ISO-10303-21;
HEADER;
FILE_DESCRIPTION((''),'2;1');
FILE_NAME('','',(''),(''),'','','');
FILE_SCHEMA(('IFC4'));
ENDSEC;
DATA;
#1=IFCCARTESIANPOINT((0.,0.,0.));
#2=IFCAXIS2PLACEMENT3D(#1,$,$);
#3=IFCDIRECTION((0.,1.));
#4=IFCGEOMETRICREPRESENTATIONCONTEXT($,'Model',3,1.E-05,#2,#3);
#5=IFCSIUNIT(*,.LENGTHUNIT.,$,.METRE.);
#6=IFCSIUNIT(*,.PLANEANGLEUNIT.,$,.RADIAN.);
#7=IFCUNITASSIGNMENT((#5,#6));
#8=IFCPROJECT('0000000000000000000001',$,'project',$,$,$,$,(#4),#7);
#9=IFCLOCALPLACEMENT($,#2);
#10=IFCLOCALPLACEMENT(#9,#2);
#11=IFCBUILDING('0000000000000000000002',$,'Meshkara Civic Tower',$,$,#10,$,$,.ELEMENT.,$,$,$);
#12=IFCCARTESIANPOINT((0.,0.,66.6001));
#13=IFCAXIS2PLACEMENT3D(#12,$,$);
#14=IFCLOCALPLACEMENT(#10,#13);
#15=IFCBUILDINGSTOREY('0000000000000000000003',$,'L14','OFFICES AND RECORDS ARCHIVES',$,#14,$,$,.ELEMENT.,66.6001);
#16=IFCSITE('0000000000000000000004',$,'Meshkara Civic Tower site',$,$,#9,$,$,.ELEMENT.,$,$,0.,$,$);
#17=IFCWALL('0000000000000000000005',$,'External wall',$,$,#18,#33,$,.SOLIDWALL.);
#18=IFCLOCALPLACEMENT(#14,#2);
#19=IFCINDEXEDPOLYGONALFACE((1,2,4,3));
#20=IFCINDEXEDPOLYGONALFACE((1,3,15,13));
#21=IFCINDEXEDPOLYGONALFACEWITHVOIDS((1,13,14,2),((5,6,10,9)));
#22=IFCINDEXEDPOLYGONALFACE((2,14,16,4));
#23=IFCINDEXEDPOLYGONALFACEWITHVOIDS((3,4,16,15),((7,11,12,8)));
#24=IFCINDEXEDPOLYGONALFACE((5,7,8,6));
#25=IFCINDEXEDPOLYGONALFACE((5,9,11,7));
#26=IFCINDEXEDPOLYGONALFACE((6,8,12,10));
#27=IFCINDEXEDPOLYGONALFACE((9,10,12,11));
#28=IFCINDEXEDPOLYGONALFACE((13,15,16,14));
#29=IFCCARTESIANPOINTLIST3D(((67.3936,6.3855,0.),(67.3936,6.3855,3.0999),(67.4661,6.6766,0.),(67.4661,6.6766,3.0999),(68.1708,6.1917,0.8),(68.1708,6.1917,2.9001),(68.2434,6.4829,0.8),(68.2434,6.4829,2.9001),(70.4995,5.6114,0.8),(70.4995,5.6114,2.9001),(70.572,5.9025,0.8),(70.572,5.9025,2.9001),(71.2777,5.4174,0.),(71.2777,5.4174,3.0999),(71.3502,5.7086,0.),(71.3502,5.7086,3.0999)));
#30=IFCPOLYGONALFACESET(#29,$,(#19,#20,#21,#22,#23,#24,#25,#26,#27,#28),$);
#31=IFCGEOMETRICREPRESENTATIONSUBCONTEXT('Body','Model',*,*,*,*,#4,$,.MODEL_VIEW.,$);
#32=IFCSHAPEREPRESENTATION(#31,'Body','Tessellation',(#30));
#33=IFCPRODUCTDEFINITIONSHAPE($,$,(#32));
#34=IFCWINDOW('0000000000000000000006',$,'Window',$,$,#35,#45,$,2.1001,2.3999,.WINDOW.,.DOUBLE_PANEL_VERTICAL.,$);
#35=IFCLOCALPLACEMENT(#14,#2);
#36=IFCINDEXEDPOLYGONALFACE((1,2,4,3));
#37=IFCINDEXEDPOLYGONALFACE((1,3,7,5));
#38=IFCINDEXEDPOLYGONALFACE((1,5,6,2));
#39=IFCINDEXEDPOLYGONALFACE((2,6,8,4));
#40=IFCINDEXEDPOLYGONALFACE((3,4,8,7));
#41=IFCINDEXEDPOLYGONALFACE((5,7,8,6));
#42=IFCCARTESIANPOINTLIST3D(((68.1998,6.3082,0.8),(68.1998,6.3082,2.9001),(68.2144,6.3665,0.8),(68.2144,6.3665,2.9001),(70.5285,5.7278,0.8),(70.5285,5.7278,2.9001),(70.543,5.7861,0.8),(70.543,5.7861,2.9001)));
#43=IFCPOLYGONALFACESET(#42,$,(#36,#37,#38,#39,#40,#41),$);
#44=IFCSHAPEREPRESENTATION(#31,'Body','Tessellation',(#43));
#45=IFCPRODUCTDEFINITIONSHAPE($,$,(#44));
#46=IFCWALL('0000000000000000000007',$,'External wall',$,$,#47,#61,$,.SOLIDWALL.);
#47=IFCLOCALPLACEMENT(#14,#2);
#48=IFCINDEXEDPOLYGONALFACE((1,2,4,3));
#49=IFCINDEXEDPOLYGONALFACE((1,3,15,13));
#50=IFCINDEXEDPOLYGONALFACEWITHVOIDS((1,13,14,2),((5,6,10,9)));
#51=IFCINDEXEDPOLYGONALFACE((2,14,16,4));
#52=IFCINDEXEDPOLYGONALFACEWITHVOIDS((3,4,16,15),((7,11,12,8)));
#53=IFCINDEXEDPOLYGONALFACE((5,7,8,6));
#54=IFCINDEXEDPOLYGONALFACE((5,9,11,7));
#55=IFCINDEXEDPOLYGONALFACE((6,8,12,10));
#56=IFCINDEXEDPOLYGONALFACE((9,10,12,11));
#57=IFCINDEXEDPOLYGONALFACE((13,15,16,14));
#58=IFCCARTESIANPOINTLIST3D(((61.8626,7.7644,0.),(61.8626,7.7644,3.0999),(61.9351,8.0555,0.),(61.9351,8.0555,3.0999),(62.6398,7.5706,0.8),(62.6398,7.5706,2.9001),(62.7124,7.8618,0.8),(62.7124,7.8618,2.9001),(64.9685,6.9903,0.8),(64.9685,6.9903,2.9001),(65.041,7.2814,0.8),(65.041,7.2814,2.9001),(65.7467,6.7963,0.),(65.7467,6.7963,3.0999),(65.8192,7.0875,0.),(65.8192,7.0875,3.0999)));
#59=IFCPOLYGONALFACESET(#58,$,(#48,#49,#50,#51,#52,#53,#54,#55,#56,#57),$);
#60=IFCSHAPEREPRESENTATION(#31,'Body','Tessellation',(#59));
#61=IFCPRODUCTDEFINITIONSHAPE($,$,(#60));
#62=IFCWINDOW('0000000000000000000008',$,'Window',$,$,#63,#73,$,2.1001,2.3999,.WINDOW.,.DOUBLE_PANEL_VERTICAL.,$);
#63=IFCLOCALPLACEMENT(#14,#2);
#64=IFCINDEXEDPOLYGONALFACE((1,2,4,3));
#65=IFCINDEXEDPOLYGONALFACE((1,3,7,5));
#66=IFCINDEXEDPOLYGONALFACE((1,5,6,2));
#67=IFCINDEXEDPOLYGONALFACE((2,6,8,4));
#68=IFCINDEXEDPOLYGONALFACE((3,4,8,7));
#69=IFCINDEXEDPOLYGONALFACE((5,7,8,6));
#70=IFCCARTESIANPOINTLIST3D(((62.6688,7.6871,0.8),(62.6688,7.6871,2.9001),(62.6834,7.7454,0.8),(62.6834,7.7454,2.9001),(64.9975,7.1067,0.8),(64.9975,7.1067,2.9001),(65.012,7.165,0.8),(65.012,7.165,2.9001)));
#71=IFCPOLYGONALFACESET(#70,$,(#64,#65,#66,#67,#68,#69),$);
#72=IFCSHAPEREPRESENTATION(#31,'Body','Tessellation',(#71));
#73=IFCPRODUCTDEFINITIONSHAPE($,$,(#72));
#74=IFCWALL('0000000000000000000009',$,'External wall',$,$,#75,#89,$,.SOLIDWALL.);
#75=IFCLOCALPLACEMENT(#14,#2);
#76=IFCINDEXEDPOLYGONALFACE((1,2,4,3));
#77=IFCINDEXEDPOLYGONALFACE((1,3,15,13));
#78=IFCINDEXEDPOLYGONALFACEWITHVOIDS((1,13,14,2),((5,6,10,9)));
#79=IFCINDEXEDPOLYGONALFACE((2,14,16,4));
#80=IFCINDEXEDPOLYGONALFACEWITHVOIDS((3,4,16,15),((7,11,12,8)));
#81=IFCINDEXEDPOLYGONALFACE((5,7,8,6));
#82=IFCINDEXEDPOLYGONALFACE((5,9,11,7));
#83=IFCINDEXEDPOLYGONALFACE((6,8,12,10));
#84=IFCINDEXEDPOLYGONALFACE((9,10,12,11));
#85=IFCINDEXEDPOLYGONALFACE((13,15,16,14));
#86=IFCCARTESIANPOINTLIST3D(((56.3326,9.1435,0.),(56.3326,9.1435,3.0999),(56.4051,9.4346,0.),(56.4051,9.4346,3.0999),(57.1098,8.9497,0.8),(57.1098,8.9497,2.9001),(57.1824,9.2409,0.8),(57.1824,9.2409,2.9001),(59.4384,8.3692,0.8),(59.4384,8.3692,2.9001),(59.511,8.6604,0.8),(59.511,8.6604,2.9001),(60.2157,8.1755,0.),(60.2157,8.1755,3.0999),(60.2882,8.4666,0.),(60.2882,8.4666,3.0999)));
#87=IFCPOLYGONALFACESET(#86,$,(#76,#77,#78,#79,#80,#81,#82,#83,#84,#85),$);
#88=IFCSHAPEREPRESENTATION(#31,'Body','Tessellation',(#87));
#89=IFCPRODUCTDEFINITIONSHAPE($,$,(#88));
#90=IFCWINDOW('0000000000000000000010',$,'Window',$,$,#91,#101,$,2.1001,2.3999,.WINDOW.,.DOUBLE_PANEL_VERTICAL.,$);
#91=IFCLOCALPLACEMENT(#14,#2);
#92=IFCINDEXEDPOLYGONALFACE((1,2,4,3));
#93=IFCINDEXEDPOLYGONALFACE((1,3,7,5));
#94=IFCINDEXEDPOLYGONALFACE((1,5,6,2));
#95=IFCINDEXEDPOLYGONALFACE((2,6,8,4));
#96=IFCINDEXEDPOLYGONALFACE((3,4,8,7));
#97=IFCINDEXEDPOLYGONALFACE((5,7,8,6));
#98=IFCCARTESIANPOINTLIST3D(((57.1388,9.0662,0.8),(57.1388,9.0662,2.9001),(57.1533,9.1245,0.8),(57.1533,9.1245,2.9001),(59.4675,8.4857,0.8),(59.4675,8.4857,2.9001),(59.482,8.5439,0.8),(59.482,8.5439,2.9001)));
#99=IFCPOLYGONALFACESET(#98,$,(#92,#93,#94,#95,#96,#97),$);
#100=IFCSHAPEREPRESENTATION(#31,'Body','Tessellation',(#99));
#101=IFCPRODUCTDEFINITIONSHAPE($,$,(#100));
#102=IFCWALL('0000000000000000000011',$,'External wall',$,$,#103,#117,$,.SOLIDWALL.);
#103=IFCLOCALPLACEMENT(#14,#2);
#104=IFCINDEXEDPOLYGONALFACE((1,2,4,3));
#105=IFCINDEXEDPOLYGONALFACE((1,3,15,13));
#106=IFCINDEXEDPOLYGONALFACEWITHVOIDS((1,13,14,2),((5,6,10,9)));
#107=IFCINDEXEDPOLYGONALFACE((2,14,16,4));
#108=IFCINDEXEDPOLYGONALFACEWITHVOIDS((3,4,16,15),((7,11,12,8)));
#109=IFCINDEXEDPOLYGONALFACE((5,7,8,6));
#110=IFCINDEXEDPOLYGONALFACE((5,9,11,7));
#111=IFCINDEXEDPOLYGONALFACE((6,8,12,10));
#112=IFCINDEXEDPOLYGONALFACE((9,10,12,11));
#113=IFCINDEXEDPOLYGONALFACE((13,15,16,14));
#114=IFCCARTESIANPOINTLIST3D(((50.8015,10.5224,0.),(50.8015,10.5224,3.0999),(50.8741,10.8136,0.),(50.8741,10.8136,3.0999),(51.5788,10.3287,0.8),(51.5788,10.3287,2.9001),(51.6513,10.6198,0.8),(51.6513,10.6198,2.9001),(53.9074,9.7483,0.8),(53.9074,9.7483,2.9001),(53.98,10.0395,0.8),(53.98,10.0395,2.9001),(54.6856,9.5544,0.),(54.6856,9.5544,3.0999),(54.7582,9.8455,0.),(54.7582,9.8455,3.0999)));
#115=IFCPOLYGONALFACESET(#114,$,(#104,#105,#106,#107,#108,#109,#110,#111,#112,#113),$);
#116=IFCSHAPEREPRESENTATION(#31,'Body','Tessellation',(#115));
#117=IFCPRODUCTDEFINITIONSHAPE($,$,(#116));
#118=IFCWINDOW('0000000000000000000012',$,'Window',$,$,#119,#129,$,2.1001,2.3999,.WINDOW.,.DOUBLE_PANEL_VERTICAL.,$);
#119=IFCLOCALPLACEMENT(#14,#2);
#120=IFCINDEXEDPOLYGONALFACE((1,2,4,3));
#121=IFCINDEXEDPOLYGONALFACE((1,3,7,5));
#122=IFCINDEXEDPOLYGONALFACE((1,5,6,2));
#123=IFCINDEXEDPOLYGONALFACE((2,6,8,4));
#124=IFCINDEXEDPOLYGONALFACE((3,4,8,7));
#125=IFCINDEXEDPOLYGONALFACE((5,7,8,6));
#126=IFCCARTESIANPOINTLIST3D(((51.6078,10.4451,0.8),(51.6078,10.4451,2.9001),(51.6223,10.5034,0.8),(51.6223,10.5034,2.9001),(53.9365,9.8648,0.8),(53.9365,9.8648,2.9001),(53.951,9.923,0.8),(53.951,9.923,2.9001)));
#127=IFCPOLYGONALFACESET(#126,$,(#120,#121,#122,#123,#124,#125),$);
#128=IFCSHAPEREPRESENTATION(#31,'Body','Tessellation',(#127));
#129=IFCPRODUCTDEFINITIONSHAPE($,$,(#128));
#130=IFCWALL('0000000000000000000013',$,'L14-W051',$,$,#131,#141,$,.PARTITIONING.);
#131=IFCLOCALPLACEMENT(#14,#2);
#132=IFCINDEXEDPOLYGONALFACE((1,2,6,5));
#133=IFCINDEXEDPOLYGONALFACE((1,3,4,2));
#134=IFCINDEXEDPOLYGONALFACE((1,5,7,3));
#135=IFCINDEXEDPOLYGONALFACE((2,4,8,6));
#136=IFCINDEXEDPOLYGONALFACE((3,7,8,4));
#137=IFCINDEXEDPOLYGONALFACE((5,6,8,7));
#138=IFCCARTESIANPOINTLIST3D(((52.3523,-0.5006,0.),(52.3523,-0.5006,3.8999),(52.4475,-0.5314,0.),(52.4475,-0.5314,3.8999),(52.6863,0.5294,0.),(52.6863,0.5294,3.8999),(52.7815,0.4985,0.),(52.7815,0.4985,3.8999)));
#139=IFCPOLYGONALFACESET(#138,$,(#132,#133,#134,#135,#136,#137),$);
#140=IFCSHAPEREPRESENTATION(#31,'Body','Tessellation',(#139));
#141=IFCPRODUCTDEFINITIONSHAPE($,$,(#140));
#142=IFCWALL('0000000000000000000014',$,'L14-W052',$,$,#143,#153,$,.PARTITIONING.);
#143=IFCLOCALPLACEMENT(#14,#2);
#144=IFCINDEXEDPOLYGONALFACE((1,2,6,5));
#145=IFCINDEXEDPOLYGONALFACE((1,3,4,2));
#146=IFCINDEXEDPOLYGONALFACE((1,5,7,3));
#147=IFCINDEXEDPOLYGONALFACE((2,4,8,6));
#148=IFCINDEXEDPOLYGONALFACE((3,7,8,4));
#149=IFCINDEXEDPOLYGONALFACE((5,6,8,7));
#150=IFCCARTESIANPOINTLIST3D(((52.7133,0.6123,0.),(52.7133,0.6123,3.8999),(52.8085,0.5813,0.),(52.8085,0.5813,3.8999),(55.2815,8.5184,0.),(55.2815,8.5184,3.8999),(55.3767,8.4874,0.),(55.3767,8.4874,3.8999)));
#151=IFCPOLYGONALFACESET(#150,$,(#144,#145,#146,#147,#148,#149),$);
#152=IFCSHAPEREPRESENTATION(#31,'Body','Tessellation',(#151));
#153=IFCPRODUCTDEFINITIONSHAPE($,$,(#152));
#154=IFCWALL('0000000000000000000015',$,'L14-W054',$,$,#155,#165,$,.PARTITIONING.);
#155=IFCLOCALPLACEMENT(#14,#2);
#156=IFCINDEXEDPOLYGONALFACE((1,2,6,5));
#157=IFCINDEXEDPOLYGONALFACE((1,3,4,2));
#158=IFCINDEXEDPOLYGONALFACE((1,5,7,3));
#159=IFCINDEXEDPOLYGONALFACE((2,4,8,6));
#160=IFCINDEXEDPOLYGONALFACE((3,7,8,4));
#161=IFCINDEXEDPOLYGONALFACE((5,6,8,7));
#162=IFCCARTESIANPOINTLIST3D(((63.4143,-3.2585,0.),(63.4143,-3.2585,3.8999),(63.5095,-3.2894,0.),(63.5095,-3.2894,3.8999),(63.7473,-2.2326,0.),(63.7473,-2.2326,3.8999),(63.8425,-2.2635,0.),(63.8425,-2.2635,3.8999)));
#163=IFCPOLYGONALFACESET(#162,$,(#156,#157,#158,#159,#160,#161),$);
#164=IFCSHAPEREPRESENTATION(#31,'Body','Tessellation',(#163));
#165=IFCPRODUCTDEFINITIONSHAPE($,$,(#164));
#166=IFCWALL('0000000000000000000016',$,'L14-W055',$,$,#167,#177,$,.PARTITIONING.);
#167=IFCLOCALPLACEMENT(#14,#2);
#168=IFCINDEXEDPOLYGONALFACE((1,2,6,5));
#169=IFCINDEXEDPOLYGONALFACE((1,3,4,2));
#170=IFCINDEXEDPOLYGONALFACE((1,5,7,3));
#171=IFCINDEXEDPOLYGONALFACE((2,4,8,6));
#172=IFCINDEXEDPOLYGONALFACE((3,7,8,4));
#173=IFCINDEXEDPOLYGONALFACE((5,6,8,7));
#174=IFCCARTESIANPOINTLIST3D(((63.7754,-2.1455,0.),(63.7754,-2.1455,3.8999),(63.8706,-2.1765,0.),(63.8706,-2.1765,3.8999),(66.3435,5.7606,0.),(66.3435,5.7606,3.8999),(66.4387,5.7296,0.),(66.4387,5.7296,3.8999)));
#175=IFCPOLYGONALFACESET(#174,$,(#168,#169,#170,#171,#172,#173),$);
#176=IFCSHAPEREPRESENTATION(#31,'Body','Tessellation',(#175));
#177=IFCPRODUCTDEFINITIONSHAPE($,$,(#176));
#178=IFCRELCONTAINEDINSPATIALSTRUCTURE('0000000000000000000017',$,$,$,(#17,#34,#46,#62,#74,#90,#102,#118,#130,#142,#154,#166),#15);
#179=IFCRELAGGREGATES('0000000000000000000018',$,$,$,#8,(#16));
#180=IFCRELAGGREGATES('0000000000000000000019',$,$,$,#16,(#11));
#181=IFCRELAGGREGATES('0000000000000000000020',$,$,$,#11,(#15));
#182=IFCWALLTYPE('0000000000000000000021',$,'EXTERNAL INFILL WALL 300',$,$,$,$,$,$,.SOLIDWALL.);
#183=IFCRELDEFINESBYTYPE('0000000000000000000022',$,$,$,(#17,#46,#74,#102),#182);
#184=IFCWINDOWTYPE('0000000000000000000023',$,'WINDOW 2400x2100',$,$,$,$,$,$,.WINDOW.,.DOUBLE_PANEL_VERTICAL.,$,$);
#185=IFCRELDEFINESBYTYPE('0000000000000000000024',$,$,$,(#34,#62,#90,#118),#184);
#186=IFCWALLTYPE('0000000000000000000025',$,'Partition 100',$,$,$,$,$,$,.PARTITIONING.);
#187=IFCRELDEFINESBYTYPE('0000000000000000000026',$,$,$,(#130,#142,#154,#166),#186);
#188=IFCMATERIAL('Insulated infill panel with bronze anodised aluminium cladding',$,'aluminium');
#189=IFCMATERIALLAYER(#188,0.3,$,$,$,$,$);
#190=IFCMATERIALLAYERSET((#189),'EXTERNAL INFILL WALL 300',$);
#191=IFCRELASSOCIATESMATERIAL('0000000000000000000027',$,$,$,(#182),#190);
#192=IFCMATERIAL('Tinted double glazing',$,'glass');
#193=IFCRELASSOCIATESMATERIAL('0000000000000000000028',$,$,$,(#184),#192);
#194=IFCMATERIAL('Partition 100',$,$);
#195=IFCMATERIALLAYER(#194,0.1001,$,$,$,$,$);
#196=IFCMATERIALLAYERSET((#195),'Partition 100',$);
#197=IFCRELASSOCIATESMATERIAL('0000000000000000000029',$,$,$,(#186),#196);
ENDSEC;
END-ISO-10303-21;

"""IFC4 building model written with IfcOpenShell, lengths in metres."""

from ifc_helpers import new_model, si_unit, direction, frame, frame_2d, origin, place, context, subcontext, project, spatial, rectangle, extrude, material, layer, layer_set, type_object, element, fill, save


model = new_model("IFC4")

# Units and contexts
model_context = context("Model", 3, precision=1e-05, world=origin(), true_north=direction((0.0, 1.0)))
body_context = subcontext(model_context, "Body", "Model", "MODEL_VIEW")
ifc_project = project(units=[si_unit("LENGTHUNIT", "METRE"), si_unit("PLANEANGLEUNIT", "RADIAN")], contexts=[model_context])

# Site, building, storey
site_placement = place(None, origin())
site = spatial("IfcSite", under=ifc_project, at=site_placement, Name="Meshkara Civic Tower site", CompositionType="ELEMENT", RefElevation=0.0)
building_placement = place(site_placement, origin())
building = spatial("IfcBuilding", under=site, at=building_placement, Name="Meshkara Civic Tower", CompositionType="ELEMENT")
storey_placement = place(building_placement, frame((0.0, 0.0, 66.6001)))
storey = spatial("IfcBuildingStorey", under=building, at=storey_placement, Name="L14", Description="OFFICES AND RECORDS ARCHIVES", CompositionType="ELEMENT", Elevation=66.6001)

# Walls, openings, windows
ifc_material_1 = material(Name="Insulated infill panel with bronze anodised aluminium cladding", Category="aluminium")
ifc_layer_1 = layer(ifc_material_1, 0.3)
ifc_layer_set_1 = layer_set([ifc_layer_1], Name="EXTERNAL INFILL WALL 300")
wall_type_1 = type_object("IfcWallType", Name="EXTERNAL INFILL WALL 300", PredefinedType="SOLIDWALL", material=ifc_layer_set_1)
wall_1_placement = place(storey_placement, frame((71.314, 5.563, 0.0), z_axis=(0.0, 0.0, 1.0), x_axis=(-0.970318, 0.241832, 0.0)))
wall_1 = element("IfcWall", 1, at=wall_1_placement, inside=storey, type_object=wall_type_1, Name="External wall", PredefinedType="SOLIDWALL", context=body_context, shape_type="SweptSolid", body=[
    extrude(rectangle(XDim=4.0029, YDim=0.3, at=frame_2d((2.0015, 0.0))), origin(), (0.0, 0.0, 1.0), 3.0999),
])
opening_1_placement = place(wall_1_placement, frame((0.802, 0.0, 0.8)))
opening_1 = element("IfcOpeningElement", 2, at=opening_1_placement, cuts=wall_1, PredefinedType="OPENING", context=body_context, shape_type="SweptSolid", body=[
    extrude(rectangle(XDim=2.3999, YDim=2.1001, at=frame_2d((1.2, 1.05))), frame((0.0, 0.1599, 0.0), z_axis=(0.0, -1.0, 0.0), x_axis=(1.0, 0.0, 0.0)), (0.0, 0.0, 1.0), 0.3201),
])
ifc_material_2 = material(Name="Tinted double glazing", Category="glass")
window_type = type_object("IfcWindowType", Name="WINDOW 2400x2100", PartitioningType="DOUBLE_PANEL_VERTICAL", PredefinedType="WINDOW", material=ifc_material_2)
window_1_placement = place(opening_1_placement, origin())
window_1 = element("IfcWindow", 3, at=window_1_placement, inside=storey, type_object=window_type, Name="Window", OverallHeight=2.1001, OverallWidth=2.3999, PartitioningType="DOUBLE_PANEL_VERTICAL", PredefinedType="WINDOW", context=body_context, shape_type="SweptSolid", body=[
    extrude(rectangle(XDim=2.3999, YDim=2.1001, at=frame_2d((1.2, 1.05))), frame((0.0, 0.03, 0.0), z_axis=(0.0, -1.0, 0.0), x_axis=(1.0, 0.0, 0.0)), (0.0, 0.0, 1.0), 0.0601),
])
fill(opening_1, window_1)
wall_2_placement = place(storey_placement, frame((65.783, 6.9419, 0.0), z_axis=(0.0, 0.0, 1.0), x_axis=(-0.970318, 0.241832, 0.0)))
wall_2 = element("IfcWall", 4, at=wall_2_placement, inside=storey, type_object=wall_type_1, Name="External wall", PredefinedType="SOLIDWALL", context=body_context, shape_type="SweptSolid", body=[
    extrude(rectangle(XDim=4.0029, YDim=0.3, at=frame_2d((2.0015, 0.0))), origin(), (0.0, 0.0, 1.0), 3.0999),
])
opening_2_placement = place(wall_2_placement, frame((0.802, 0.0, 0.8)))
opening_2 = element("IfcOpeningElement", 5, at=opening_2_placement, cuts=wall_2, PredefinedType="OPENING", context=body_context, shape_type="SweptSolid", body=[
    extrude(rectangle(XDim=2.3999, YDim=2.1001, at=frame_2d((1.2, 1.05))), frame((0.0, 0.1599, 0.0), z_axis=(0.0, -1.0, 0.0), x_axis=(1.0, 0.0, 0.0)), (0.0, 0.0, 1.0), 0.3201),
])
window_2_placement = place(opening_2_placement, origin())
window_2 = element("IfcWindow", 6, at=window_2_placement, inside=storey, type_object=window_type, Name="Window", OverallHeight=2.1001, OverallWidth=2.3999, PartitioningType="DOUBLE_PANEL_VERTICAL", PredefinedType="WINDOW", context=body_context, shape_type="SweptSolid", body=[
    extrude(rectangle(XDim=2.3999, YDim=2.1001, at=frame_2d((1.2, 1.05))), frame((0.0, 0.03, 0.0), z_axis=(0.0, -1.0, 0.0), x_axis=(1.0, 0.0, 0.0)), (0.0, 0.0, 1.0), 0.0601),
])
fill(opening_2, window_2)
wall_3_placement = place(storey_placement, frame((60.252, 8.321, 0.0), z_axis=(0.0, 0.0, 1.0), x_axis=(-0.970304, 0.24189, 0.0)))
wall_3 = element("IfcWall", 7, at=wall_3_placement, inside=storey, type_object=wall_type_1, Name="External wall", PredefinedType="SOLIDWALL", context=body_context, shape_type="SweptSolid", body=[
    extrude(rectangle(XDim=4.002, YDim=0.3, at=frame_2d((2.001, 0.0))), origin(), (0.0, 0.0, 1.0), 3.0999),
])
opening_3_placement = place(wall_3_placement, frame((0.801, 0.0, 0.8)))
opening_3 = element("IfcOpeningElement", 8, at=opening_3_placement, cuts=wall_3, PredefinedType="OPENING", context=body_context, shape_type="SweptSolid", body=[
    extrude(rectangle(XDim=2.3999, YDim=2.1001, at=frame_2d((1.2, 1.05))), frame((0.0, 0.1599, 0.0), z_axis=(0.0, -1.0, 0.0), x_axis=(1.0, 0.0, 0.0)), (0.0, 0.0, 1.0), 0.3201),
])
window_3_placement = place(opening_3_placement, origin())
window_3 = element("IfcWindow", 9, at=window_3_placement, inside=storey, type_object=window_type, Name="Window", OverallHeight=2.1001, OverallWidth=2.3999, PartitioningType="DOUBLE_PANEL_VERTICAL", PredefinedType="WINDOW", context=body_context, shape_type="SweptSolid", body=[
    extrude(rectangle(XDim=2.3999, YDim=2.1001, at=frame_2d((1.2, 1.05))), frame((0.0, 0.03, 0.0), z_axis=(0.0, -1.0, 0.0), x_axis=(1.0, 0.0, 0.0)), (0.0, 0.0, 1.0), 0.0601),
])
fill(opening_3, window_3)
wall_4_placement = place(storey_placement, frame((54.7219, 9.7, 0.0), z_axis=(0.0, 0.0, 1.0), x_axis=(-0.970318, 0.241832, 0.0)))
wall_4 = element("IfcWall", 10, at=wall_4_placement, inside=storey, type_object=wall_type_1, Name="External wall", PredefinedType="SOLIDWALL", context=body_context, shape_type="SweptSolid", body=[
    extrude(rectangle(XDim=4.0029, YDim=0.3, at=frame_2d((2.0015, 0.0))), origin(), (0.0, 0.0, 1.0), 3.0999),
])
opening_4_placement = place(wall_4_placement, frame((0.802, 0.0, 0.8)))
opening_4 = element("IfcOpeningElement", 11, at=opening_4_placement, cuts=wall_4, PredefinedType="OPENING", context=body_context, shape_type="SweptSolid", body=[
    extrude(rectangle(XDim=2.3999, YDim=2.1001, at=frame_2d((1.2, 1.05))), frame((0.0, 0.1599, 0.0), z_axis=(0.0, -1.0, 0.0), x_axis=(1.0, 0.0, 0.0)), (0.0, 0.0, 1.0), 0.3201),
])
window_4_placement = place(opening_4_placement, origin())
window_4 = element("IfcWindow", 12, at=window_4_placement, inside=storey, type_object=window_type, Name="Window", OverallHeight=2.1001, OverallWidth=2.3999, PartitioningType="DOUBLE_PANEL_VERTICAL", PredefinedType="WINDOW", context=body_context, shape_type="SweptSolid", body=[
    extrude(rectangle(XDim=2.3999, YDim=2.1001, at=frame_2d((1.2, 1.05))), frame((0.0, 0.03, 0.0), z_axis=(0.0, -1.0, 0.0), x_axis=(1.0, 0.0, 0.0)), (0.0, 0.0, 1.0), 0.0601),
])
fill(opening_4, window_4)

# Walls
ifc_material_3 = material(Name="Partition 100")
ifc_layer_2 = layer(ifc_material_3, 0.1001)
ifc_layer_set_2 = layer_set([ifc_layer_2], Name="Partition 100")
wall_type_2 = type_object("IfcWallType", Name="Partition 100", PredefinedType="PARTITIONING", material=ifc_layer_set_2)
wall_5_placement = place(storey_placement, frame((52.3999, -0.5161, 0.0), z_axis=(0.0, 0.0, 1.0), x_axis=(0.308439, 0.951244, 0.0)))
element("IfcWall", 13, at=wall_5_placement, inside=storey, type_object=wall_type_2, Name="L14-W051", PredefinedType="PARTITIONING", context=body_context, shape_type="SweptSolid", body=[
    extrude(rectangle(XDim=1.0828, YDim=0.1001, at=frame_2d((0.5415, 0.0))), origin(), (0.0, 0.0, 1.0), 3.8999),
])
wall_6_placement = place(storey_placement, frame((52.761, 0.5969, 0.0), z_axis=(0.0, 0.0, 1.0), x_axis=(0.308941, 0.951081, 0.0)))
element("IfcWall", 14, at=wall_6_placement, inside=storey, type_object=wall_type_2, Name="L14-W052", PredefinedType="PARTITIONING", context=body_context, shape_type="SweptSolid", body=[
    extrude(rectangle(XDim=8.3127, YDim=0.1001, at=frame_2d((4.1562, 0.0))), origin(), (0.0, 0.0, 1.0), 3.8999),
])
wall_7_placement = place(storey_placement, frame((63.4619, -3.2739, 0.0), z_axis=(0.0, 0.0, 1.0), x_axis=(0.308748, 0.951144, 0.0)))
element("IfcWall", 15, at=wall_7_placement, inside=storey, type_object=wall_type_2, Name="L14-W054", PredefinedType="PARTITIONING", context=body_context, shape_type="SweptSolid", body=[
    extrude(rectangle(XDim=1.0786, YDim=0.1001, at=frame_2d((0.5393, 0.0))), origin(), (0.0, 0.0, 1.0), 3.8999),
])
wall_8_placement = place(storey_placement, frame((63.823, -2.1609, 0.0), z_axis=(0.0, 0.0, 1.0), x_axis=(0.308941, 0.951081, 0.0)))
element("IfcWall", 16, at=wall_8_placement, inside=storey, type_object=wall_type_2, Name="L14-W055", PredefinedType="PARTITIONING", context=body_context, shape_type="SweptSolid", body=[
    extrude(rectangle(XDim=8.3127, YDim=0.1001, at=frame_2d((4.1562, 0.0))), origin(), (0.0, 0.0, 1.0), 3.8999),
])

save(model, "model.ifc")
